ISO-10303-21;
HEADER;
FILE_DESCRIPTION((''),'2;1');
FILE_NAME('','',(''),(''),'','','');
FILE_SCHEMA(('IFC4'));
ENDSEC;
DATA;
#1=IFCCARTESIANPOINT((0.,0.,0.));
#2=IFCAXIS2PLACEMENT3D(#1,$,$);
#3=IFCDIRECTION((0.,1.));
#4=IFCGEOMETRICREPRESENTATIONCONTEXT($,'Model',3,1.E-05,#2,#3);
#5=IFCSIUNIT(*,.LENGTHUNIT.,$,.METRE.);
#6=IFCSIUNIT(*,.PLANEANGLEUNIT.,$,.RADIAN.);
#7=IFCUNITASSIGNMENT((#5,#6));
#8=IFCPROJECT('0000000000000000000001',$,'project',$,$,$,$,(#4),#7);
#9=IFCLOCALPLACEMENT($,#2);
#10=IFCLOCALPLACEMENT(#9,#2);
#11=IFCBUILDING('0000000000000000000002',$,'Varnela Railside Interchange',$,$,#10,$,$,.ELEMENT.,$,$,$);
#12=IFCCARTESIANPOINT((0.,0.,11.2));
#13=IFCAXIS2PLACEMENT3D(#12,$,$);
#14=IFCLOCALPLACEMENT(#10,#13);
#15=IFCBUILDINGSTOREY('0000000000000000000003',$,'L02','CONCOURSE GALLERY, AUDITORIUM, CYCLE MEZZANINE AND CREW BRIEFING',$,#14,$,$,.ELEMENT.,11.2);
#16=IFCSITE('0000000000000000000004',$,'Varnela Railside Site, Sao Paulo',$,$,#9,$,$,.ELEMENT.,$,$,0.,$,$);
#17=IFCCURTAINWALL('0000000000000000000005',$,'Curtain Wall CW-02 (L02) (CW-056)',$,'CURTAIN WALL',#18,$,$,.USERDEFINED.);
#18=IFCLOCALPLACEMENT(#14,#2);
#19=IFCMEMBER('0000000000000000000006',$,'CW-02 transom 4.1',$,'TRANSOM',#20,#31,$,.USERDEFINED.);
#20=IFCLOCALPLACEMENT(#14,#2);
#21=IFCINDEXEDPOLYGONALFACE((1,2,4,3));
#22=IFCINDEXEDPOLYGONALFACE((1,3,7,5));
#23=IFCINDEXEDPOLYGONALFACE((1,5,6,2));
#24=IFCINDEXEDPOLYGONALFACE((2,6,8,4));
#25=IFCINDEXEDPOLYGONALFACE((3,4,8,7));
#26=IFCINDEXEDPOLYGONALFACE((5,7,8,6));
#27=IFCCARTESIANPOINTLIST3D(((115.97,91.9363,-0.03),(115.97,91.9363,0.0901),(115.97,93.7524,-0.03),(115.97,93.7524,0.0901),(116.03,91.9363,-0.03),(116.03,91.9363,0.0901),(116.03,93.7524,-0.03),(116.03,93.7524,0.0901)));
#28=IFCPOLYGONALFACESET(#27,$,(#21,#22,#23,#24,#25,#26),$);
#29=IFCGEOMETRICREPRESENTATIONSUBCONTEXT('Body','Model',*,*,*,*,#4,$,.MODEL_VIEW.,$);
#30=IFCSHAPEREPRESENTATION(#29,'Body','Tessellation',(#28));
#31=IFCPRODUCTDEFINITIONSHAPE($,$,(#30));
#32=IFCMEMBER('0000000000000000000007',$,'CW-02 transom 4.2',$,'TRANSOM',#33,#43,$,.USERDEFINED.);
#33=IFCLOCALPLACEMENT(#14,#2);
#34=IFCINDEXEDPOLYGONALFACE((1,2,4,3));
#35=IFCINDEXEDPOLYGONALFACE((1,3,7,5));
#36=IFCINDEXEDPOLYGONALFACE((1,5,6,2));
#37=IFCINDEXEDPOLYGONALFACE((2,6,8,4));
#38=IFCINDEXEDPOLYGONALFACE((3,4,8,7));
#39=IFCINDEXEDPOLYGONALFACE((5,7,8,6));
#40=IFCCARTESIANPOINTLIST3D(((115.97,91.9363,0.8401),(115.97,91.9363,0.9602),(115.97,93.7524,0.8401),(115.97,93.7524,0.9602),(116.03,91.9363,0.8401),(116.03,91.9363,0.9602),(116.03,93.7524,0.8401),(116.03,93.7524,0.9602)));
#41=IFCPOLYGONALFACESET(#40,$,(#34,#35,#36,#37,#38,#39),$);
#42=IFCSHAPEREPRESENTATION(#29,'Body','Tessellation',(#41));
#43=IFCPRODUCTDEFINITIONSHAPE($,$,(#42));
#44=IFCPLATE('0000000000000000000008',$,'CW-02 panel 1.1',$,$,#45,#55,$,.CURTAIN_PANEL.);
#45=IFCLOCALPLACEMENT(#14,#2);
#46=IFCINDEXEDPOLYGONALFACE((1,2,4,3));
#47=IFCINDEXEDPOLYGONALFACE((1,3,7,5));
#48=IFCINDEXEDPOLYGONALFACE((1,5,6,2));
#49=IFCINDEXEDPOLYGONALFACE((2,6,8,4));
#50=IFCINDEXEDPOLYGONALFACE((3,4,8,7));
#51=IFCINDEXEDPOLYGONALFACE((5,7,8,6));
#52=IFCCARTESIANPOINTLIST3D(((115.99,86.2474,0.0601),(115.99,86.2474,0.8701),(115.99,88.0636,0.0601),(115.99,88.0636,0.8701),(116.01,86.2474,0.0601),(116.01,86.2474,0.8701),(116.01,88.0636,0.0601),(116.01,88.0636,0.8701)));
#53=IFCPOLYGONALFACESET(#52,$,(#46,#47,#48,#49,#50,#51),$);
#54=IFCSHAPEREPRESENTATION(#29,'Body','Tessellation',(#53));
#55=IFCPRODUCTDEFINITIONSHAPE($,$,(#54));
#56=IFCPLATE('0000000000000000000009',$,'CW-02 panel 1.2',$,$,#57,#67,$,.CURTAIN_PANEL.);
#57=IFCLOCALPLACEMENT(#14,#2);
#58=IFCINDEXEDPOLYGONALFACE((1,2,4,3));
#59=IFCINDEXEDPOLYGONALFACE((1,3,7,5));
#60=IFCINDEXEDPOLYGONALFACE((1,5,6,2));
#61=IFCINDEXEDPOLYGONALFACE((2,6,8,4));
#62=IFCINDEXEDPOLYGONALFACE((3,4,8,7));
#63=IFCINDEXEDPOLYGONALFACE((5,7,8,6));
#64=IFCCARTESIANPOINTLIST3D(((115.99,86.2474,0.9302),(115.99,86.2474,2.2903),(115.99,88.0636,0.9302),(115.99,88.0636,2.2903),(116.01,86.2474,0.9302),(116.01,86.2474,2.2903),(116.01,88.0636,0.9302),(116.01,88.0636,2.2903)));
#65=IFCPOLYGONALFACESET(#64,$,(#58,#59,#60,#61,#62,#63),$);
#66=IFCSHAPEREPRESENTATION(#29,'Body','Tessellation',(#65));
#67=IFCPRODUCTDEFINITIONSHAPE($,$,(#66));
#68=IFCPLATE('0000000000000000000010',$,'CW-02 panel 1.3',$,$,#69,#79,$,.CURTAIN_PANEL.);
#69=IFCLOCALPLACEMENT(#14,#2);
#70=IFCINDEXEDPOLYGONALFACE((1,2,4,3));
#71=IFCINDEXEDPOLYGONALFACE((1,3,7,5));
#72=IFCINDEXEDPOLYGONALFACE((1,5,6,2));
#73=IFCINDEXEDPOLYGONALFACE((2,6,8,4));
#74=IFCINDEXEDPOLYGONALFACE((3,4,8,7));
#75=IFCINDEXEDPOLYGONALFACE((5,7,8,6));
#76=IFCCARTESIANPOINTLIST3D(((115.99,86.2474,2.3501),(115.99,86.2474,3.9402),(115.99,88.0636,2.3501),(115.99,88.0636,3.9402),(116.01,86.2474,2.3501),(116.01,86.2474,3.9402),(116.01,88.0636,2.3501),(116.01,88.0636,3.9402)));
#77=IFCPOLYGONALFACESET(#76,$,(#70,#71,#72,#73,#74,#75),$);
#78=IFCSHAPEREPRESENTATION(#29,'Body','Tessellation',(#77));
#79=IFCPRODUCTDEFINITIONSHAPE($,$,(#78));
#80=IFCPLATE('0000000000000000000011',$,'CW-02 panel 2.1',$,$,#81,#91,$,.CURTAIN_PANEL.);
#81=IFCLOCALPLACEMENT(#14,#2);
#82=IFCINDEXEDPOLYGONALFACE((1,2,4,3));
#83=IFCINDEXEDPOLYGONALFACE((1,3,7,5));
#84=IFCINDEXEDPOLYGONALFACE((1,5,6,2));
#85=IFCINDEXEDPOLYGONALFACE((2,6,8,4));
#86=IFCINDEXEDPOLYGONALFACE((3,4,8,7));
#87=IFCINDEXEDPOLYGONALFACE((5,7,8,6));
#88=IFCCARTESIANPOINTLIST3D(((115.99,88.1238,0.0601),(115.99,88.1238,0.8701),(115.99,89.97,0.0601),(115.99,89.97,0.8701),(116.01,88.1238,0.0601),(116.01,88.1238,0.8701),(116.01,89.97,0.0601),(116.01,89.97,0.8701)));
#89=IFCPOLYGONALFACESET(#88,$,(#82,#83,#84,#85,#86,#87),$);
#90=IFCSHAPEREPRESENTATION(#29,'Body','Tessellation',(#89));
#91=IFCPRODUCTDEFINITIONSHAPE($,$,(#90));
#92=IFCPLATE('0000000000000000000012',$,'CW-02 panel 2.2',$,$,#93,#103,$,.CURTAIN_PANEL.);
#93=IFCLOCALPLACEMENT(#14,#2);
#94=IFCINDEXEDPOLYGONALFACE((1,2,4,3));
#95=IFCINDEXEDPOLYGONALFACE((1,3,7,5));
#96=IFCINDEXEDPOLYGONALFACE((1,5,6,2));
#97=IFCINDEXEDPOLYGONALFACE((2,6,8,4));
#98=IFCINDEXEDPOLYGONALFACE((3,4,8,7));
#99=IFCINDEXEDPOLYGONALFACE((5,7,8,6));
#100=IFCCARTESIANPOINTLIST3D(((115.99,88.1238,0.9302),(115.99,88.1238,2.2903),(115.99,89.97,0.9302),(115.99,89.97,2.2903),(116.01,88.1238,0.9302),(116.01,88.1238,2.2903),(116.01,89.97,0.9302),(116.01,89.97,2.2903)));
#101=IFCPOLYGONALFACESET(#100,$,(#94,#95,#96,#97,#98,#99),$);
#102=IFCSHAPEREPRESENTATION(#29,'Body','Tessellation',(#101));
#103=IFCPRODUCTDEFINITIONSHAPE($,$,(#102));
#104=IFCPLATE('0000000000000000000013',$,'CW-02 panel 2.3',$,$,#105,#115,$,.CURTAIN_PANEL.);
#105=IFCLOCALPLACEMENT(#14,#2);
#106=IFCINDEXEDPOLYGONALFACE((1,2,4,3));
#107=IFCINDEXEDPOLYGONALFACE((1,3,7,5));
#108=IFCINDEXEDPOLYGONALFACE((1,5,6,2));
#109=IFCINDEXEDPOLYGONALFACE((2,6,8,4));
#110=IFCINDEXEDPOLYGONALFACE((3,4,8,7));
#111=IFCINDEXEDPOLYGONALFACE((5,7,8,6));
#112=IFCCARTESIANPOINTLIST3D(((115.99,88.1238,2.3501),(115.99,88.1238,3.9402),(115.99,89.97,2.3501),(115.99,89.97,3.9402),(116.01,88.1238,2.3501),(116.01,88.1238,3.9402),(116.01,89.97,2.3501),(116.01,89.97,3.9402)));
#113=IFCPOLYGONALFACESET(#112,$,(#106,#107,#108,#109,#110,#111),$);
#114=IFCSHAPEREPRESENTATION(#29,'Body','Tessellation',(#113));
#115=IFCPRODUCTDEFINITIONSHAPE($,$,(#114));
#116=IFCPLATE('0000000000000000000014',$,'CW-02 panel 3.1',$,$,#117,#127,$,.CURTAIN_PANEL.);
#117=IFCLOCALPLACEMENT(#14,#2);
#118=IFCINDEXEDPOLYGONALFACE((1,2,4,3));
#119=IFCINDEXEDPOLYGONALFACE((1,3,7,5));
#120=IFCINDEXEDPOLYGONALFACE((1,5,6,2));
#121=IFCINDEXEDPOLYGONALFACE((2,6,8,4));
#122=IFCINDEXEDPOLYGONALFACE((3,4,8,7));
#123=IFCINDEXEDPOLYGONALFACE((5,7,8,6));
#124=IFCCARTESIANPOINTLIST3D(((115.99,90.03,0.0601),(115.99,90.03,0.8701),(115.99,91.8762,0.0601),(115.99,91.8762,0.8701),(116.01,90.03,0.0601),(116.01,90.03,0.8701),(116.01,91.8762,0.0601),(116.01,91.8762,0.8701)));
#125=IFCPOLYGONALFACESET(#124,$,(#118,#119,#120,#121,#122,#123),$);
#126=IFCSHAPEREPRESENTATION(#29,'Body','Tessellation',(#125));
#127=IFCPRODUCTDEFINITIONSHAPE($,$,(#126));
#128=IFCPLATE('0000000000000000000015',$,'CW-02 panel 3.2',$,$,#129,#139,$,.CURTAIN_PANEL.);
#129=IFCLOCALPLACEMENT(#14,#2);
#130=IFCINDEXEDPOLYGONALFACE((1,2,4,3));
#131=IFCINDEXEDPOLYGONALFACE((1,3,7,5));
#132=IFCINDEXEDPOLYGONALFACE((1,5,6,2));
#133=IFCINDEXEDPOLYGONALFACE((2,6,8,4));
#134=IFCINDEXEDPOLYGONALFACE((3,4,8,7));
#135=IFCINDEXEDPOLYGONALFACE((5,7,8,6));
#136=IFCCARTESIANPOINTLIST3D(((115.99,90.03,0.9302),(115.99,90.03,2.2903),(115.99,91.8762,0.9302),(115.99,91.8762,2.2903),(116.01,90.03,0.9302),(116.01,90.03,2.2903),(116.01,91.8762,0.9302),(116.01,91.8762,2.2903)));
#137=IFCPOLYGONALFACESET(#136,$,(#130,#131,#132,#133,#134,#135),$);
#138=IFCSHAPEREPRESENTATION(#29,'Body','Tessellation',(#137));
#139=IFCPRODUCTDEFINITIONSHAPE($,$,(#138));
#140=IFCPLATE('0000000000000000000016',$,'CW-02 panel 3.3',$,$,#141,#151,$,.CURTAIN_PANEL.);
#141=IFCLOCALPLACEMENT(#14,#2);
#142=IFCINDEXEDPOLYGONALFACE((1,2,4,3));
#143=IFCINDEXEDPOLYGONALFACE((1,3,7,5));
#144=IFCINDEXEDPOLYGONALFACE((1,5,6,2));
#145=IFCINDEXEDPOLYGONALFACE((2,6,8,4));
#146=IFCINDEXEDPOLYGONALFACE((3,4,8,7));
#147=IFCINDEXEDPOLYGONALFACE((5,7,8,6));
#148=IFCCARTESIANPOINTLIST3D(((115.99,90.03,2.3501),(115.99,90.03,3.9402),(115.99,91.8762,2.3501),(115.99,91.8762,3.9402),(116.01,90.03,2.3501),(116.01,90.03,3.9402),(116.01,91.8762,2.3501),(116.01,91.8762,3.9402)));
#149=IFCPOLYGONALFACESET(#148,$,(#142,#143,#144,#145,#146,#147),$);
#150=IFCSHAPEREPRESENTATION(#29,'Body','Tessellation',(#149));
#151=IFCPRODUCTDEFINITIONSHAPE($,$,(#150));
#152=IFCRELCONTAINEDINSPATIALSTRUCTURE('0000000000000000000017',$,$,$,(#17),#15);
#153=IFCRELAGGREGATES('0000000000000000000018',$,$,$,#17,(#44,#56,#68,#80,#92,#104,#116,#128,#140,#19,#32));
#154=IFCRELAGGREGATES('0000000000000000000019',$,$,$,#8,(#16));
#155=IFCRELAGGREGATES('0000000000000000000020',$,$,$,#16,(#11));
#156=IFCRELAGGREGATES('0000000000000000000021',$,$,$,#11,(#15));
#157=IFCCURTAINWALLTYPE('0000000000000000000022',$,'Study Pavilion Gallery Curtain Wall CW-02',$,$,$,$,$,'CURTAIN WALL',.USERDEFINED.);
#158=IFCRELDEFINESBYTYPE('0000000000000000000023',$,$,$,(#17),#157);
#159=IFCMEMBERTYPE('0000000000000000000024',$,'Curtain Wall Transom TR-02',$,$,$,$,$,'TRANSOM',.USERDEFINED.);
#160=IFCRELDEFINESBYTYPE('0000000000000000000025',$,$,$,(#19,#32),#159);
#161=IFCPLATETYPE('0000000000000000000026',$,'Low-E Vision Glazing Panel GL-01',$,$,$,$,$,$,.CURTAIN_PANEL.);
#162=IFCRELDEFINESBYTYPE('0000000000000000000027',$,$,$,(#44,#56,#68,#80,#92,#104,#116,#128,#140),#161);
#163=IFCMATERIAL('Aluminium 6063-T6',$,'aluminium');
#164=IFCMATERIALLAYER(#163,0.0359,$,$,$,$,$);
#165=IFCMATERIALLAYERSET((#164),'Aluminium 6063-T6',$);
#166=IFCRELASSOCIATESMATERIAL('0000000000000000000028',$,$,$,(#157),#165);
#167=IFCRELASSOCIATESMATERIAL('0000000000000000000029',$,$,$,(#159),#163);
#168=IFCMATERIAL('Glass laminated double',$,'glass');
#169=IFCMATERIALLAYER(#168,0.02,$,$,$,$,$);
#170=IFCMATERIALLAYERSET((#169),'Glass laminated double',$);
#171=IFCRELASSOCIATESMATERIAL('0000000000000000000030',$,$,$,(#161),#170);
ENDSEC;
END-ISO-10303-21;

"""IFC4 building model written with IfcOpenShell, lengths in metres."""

from ifc_helpers import new_model, si_unit, direction, frame, origin, origin_2d, place, context, subcontext, project, spatial, rectangle, extrude, material, layer, layer_set, material_profile, profile_set, type_object, element, aggregate, save


model = new_model("IFC4")

# Units and contexts
model_context = context("Model", 3, precision=1e-05, world=origin(), true_north=direction((0.0, 1.0)))
body_context = subcontext(model_context, "Body", "Model", "MODEL_VIEW")
ifc_project = project(units=[si_unit("LENGTHUNIT", "METRE"), si_unit("PLANEANGLEUNIT", "RADIAN")], contexts=[model_context])

# Site, building, storey
site_placement = place(None, origin())
site = spatial("IfcSite", under=ifc_project, at=site_placement, Name="Varnela Railside Site, Sao Paulo", CompositionType="ELEMENT", RefElevation=0.0)
building_placement = place(site_placement, origin())
building = spatial("IfcBuilding", under=site, at=building_placement, Name="Varnela Railside Interchange", CompositionType="ELEMENT")
storey_placement = place(building_placement, frame((0.0, 0.0, 11.2)))
storey = spatial("IfcBuildingStorey", under=building, at=storey_placement, Name="L02", Description="CONCOURSE GALLERY, AUDITORIUM, CYCLE MEZZANINE AND CREW BRIEFING", CompositionType="ELEMENT", Elevation=11.2)

# Curtain wall, members, plates
ifc_material_1 = material(Name="Aluminium 6063-T6", Category="aluminium")
ifc_layer_1 = layer(ifc_material_1, 0.0359)
ifc_layer_set_1 = layer_set([ifc_layer_1], Name="Aluminium 6063-T6")
curtain_wall_type = type_object("IfcCurtainWallType", Name="Study Pavilion Gallery Curtain Wall CW-02", ElementType="CURTAIN WALL", PredefinedType="USERDEFINED", material=ifc_layer_set_1)
curtain_wall_placement = place(storey_placement, origin())
curtain_wall = element("IfcCurtainWall", 1, at=curtain_wall_placement, inside=storey, type_object=curtain_wall_type, Name="Curtain Wall CW-02 (L02) (CW-056)", ObjectType="CURTAIN WALL", PredefinedType="USERDEFINED")
ifc_material_profile_1 = material_profile(ifc_material_1, rectangle(XDim=0.0601, YDim=0.1201, at=origin_2d()), Name="ALU 60x120")
ifc_profile_set_1 = profile_set([ifc_material_profile_1], Name="Aluminium 6063-T6")
member_type_1 = type_object("IfcMemberType", Name="Curtain Wall Transom TR-02", ElementType="TRANSOM", PredefinedType="USERDEFINED", material=ifc_profile_set_1)
member_1_placement = place(storey_placement, frame((116.0, 91.9363, 0.03), z_axis=(0.0, 1.0, 0.0), x_axis=(-1.0, 0.0, 0.0)))
member_1 = element("IfcMember", 2, at=member_1_placement, type_object=member_type_1, Name="CW-02 transom 4.1", ObjectType="TRANSOM", PredefinedType="USERDEFINED", context=body_context, shape_type="SweptSolid", body=[
    extrude(rectangle(XDim=0.0601, YDim=0.1201, at=origin_2d()), origin(), (0.0, 0.0, 1.0), 1.8162),
])
member_2_placement = place(storey_placement, frame((116.0, 91.9363, 0.9001), z_axis=(0.0, 1.0, 0.0), x_axis=(-1.0, 0.0, 0.0)))
member_2 = element("IfcMember", 3, at=member_2_placement, type_object=member_type_1, Name="CW-02 transom 4.2", ObjectType="TRANSOM", PredefinedType="USERDEFINED", context=body_context, shape_type="SweptSolid", body=[
    extrude(rectangle(XDim=0.0601, YDim=0.1201, at=origin_2d()), origin(), (0.0, 0.0, 1.0), 1.8162),
])
ifc_material_2 = material(Name="Glass laminated double", Category="glass")
ifc_layer_2 = layer(ifc_material_2, 0.02)
ifc_layer_set_2 = layer_set([ifc_layer_2], Name="Glass laminated double")
plate_type = type_object("IfcPlateType", Name="Low-E Vision Glazing Panel GL-01", PredefinedType="CURTAIN_PANEL", material=ifc_layer_set_2)
plate_1_placement = place(storey_placement, frame((116.0, 87.1555, 0.0601), z_axis=(0.0, 0.0, 1.0), x_axis=(0.0, 1.0, 0.0)))
plate_1 = element("IfcPlate", 4, at=plate_1_placement, type_object=plate_type, Name="CW-02 panel 1.1", PredefinedType="CURTAIN_PANEL", context=body_context, shape_type="SweptSolid", body=[
    extrude(rectangle(XDim=1.8162, YDim=0.02, at=origin_2d()), origin(), (0.0, 0.0, 1.0), 0.8101),
])
plate_2_placement = place(storey_placement, frame((116.0, 87.1555, 0.9302), z_axis=(0.0, 0.0, 1.0), x_axis=(0.0, 1.0, 0.0)))
plate_2 = element("IfcPlate", 5, at=plate_2_placement, type_object=plate_type, Name="CW-02 panel 1.2", PredefinedType="CURTAIN_PANEL", context=body_context, shape_type="SweptSolid", body=[
    extrude(rectangle(XDim=1.8162, YDim=0.02, at=origin_2d()), origin(), (0.0, 0.0, 1.0), 1.3601),
])
plate_3_placement = place(storey_placement, frame((116.0, 87.1555, 2.3501), z_axis=(0.0, 0.0, 1.0), x_axis=(0.0, 1.0, 0.0)))
plate_3 = element("IfcPlate", 6, at=plate_3_placement, type_object=plate_type, Name="CW-02 panel 1.3", PredefinedType="CURTAIN_PANEL", context=body_context, shape_type="SweptSolid", body=[
    extrude(rectangle(XDim=1.8162, YDim=0.02, at=origin_2d()), origin(), (0.0, 0.0, 1.0), 1.5901),
])
plate_4_placement = place(storey_placement, frame((116.0, 89.0469, 0.0601), z_axis=(0.0, 0.0, 1.0), x_axis=(0.0, 1.0, 0.0)))
plate_4 = element("IfcPlate", 7, at=plate_4_placement, type_object=plate_type, Name="CW-02 panel 2.1", PredefinedType="CURTAIN_PANEL", context=body_context, shape_type="SweptSolid", body=[
    extrude(rectangle(XDim=1.8462, YDim=0.02, at=origin_2d()), origin(), (0.0, 0.0, 1.0), 0.8101),
])
plate_5_placement = place(storey_placement, frame((116.0, 89.0469, 0.9302), z_axis=(0.0, 0.0, 1.0), x_axis=(0.0, 1.0, 0.0)))
plate_5 = element("IfcPlate", 8, at=plate_5_placement, type_object=plate_type, Name="CW-02 panel 2.2", PredefinedType="CURTAIN_PANEL", context=body_context, shape_type="SweptSolid", body=[
    extrude(rectangle(XDim=1.8462, YDim=0.02, at=origin_2d()), origin(), (0.0, 0.0, 1.0), 1.3601),
])
plate_6_placement = place(storey_placement, frame((116.0, 89.0469, 2.3501), z_axis=(0.0, 0.0, 1.0), x_axis=(0.0, 1.0, 0.0)))
plate_6 = element("IfcPlate", 9, at=plate_6_placement, type_object=plate_type, Name="CW-02 panel 2.3", PredefinedType="CURTAIN_PANEL", context=body_context, shape_type="SweptSolid", body=[
    extrude(rectangle(XDim=1.8462, YDim=0.02, at=origin_2d()), origin(), (0.0, 0.0, 1.0), 1.5901),
])
plate_7_placement = place(storey_placement, frame((116.0, 90.9531, 0.0601), z_axis=(0.0, 0.0, 1.0), x_axis=(0.0, 1.0, 0.0)))
plate_7 = element("IfcPlate", 10, at=plate_7_placement, type_object=plate_type, Name="CW-02 panel 3.1", PredefinedType="CURTAIN_PANEL", context=body_context, shape_type="SweptSolid", body=[
    extrude(rectangle(XDim=1.8462, YDim=0.02, at=origin_2d()), origin(), (0.0, 0.0, 1.0), 0.8101),
])
plate_8_placement = place(storey_placement, frame((116.0, 90.9531, 0.9302), z_axis=(0.0, 0.0, 1.0), x_axis=(0.0, 1.0, 0.0)))
plate_8 = element("IfcPlate", 11, at=plate_8_placement, type_object=plate_type, Name="CW-02 panel 3.2", PredefinedType="CURTAIN_PANEL", context=body_context, shape_type="SweptSolid", body=[
    extrude(rectangle(XDim=1.8462, YDim=0.02, at=origin_2d()), origin(), (0.0, 0.0, 1.0), 1.3601),
])
plate_9_placement = place(storey_placement, frame((116.0, 90.9531, 2.3501), z_axis=(0.0, 0.0, 1.0), x_axis=(0.0, 1.0, 0.0)))
plate_9 = element("IfcPlate", 12, at=plate_9_placement, type_object=plate_type, Name="CW-02 panel 3.3", PredefinedType="CURTAIN_PANEL", context=body_context, shape_type="SweptSolid", body=[
    extrude(rectangle(XDim=1.8462, YDim=0.02, at=origin_2d()), origin(), (0.0, 0.0, 1.0), 1.5901),
])
aggregate(curtain_wall, [plate_1, plate_2, plate_3, plate_4, plate_5, plate_6, plate_7, plate_8, plate_9, member_1, member_2])

save(model, "model.ifc")
